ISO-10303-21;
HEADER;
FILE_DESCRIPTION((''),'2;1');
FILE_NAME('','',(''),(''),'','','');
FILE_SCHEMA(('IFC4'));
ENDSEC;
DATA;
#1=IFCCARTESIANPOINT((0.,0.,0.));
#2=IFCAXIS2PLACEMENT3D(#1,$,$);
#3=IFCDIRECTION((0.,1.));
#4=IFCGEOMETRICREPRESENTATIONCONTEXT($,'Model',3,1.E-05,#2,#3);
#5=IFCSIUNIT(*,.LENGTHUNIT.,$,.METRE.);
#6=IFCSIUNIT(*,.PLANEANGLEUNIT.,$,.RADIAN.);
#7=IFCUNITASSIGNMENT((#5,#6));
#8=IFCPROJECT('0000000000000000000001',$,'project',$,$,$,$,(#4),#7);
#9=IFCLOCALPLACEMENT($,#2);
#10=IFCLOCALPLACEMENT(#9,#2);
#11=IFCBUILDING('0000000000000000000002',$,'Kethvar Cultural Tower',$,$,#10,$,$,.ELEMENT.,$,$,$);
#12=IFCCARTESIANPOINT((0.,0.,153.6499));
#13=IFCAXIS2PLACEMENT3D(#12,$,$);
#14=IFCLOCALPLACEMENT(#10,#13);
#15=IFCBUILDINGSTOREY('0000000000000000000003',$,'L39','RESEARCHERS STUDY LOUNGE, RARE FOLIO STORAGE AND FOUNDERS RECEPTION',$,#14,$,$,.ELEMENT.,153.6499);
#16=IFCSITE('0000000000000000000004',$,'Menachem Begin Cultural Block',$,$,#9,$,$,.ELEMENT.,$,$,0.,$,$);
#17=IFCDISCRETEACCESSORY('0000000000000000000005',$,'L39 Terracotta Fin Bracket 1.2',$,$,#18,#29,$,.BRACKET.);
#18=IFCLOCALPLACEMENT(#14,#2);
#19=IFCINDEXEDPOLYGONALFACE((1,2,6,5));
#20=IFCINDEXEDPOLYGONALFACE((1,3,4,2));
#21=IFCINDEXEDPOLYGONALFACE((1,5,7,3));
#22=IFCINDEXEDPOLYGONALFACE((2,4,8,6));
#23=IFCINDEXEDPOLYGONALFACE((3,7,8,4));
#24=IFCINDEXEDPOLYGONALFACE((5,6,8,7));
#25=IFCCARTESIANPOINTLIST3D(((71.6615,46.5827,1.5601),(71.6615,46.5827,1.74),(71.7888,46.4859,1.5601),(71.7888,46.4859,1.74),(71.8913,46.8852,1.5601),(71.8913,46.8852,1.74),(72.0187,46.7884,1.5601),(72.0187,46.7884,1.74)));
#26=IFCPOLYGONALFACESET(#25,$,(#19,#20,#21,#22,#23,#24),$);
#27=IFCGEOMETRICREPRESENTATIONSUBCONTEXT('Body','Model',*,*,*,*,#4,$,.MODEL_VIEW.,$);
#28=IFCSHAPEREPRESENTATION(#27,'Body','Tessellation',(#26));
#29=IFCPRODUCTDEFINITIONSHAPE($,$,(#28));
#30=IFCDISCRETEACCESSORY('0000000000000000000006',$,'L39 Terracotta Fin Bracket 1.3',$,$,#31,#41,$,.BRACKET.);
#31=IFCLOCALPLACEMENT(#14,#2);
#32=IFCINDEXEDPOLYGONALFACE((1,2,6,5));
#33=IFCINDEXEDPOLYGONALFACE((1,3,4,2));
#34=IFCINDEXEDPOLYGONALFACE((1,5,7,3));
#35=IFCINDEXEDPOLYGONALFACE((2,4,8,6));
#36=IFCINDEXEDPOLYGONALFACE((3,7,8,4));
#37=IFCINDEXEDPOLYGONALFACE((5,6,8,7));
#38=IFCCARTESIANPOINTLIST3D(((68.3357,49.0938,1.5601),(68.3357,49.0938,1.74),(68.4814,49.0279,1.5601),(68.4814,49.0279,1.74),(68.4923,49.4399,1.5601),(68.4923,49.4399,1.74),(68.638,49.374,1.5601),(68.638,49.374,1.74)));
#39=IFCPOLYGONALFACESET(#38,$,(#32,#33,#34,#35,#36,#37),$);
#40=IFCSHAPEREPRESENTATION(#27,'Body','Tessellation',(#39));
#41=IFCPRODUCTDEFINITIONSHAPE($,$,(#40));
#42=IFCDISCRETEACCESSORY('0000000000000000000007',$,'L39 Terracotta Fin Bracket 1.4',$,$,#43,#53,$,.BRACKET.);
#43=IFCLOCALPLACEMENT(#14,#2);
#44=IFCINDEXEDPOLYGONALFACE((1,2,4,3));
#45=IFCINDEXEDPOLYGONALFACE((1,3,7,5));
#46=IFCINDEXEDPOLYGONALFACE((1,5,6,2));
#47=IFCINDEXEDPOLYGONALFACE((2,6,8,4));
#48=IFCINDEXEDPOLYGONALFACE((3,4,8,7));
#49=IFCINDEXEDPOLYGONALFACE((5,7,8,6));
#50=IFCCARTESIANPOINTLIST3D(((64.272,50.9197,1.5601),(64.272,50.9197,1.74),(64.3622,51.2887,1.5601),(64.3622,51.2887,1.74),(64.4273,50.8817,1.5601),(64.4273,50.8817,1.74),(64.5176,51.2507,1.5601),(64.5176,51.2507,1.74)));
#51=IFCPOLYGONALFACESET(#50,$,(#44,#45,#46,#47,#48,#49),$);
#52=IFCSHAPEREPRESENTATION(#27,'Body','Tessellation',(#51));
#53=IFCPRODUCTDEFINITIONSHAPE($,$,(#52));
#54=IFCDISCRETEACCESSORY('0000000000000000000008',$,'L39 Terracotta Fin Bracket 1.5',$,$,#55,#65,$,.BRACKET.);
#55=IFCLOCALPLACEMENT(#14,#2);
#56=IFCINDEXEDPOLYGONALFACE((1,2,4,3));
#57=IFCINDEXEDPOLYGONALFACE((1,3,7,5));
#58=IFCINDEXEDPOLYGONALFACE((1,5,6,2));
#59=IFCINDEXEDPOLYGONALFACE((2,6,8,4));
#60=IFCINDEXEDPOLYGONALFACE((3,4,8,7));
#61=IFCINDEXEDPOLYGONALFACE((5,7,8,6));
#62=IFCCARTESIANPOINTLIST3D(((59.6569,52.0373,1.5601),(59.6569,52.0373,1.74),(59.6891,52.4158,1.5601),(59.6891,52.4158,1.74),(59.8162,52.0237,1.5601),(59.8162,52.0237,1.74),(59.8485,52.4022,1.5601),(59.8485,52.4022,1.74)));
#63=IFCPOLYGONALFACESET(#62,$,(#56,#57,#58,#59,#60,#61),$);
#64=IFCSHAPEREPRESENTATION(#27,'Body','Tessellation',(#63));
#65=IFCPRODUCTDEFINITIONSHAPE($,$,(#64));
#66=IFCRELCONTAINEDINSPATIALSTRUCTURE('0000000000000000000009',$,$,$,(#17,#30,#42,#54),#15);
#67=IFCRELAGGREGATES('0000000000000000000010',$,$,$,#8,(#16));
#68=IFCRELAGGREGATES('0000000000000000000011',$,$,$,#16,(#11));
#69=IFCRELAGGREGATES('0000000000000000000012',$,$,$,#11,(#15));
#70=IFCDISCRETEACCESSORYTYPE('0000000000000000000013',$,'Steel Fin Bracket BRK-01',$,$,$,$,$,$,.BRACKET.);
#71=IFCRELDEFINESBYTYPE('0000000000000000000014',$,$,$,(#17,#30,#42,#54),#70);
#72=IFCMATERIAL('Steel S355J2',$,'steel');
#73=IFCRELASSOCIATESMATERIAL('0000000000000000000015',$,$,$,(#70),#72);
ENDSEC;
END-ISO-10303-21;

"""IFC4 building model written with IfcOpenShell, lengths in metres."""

from ifc_helpers import new_model, si_unit, direction, frame, origin, origin_2d, place, context, subcontext, project, spatial, rectangle, extrude, source, transform, mapped, material, type_object, element, save


model = new_model("IFC4")

# Units and contexts
model_context = context("Model", 3, precision=1e-05, world=origin(), true_north=direction((0.0, 1.0)))
body_context = subcontext(model_context, "Body", "Model", "MODEL_VIEW")
ifc_project = project(units=[si_unit("LENGTHUNIT", "METRE"), si_unit("PLANEANGLEUNIT", "RADIAN")], contexts=[model_context])

# Site, building, storey
site_placement = place(None, origin())
site = spatial("IfcSite", under=ifc_project, at=site_placement, Name="Menachem Begin Cultural Block", CompositionType="ELEMENT", RefElevation=0.0)
building_placement = place(site_placement, origin())
building = spatial("IfcBuilding", under=site, at=building_placement, Name="Kethvar Cultural Tower", CompositionType="ELEMENT")
storey_placement = place(building_placement, frame((0.0, 0.0, 153.6499)))
storey = spatial("IfcBuildingStorey", under=building, at=storey_placement, Name="L39", Description="RESEARCHERS STUDY LOUNGE, RARE FOLIO STORAGE AND FOUNDERS RECEPTION", CompositionType="ELEMENT", Elevation=153.6499)

# Shared definitions
ifc_material_1 = material(Name="Steel S355J2", Category="steel")

# Discrete accessories
discrete_accessory_type = type_object("IfcDiscreteAccessoryType", Name="Steel Fin Bracket BRK-01", PredefinedType="BRACKET", material=ifc_material_1)
shared_shape_1 = source(origin(), body_context, "Body", "SweptSolid", [
    extrude(rectangle(XDim=0.3799, YDim=0.1599, at=origin_2d()), origin(), (0.0, 0.0, 1.0), 0.1799),
])
for number, where, z_axis, x_axis, name in (
    (1, (71.8401, 46.6855, 1.5601), (0.0, 0.0, 1.0), (0.605016, 0.796213, 0.0), "L39 Terracotta Fin Bracket 1.2"),
    (2, (68.4868, 49.2339, 1.5601), (0.0, 0.0, 1.0), (0.412151, 0.911116, 0.0), "L39 Terracotta Fin Bracket 1.3"),
    (3, (64.3948, 51.0852, 1.5601), (0.0, 0.0, 1.0), (0.237516, 0.971384, 0.0), "L39 Terracotta Fin Bracket 1.4"),
    (4, (59.7527, 52.2197, 1.5601), (0.0, 0.0, 1.0), (0.084895, 0.99639, 0.0), "L39 Terracotta Fin Bracket 1.5"),
):
    element("IfcDiscreteAccessory", number, at=place(storey_placement, frame(where, z_axis=z_axis, x_axis=x_axis)), inside=storey, type_object=discrete_accessory_type, Name=name, PredefinedType="BRACKET", context=body_context, shape_type="MappedRepresentation", body=[
        mapped(shared_shape_1, transform((0.0, 0.0, 0.0), scale=1.0)),
    ])

save(model, "model.ifc")
